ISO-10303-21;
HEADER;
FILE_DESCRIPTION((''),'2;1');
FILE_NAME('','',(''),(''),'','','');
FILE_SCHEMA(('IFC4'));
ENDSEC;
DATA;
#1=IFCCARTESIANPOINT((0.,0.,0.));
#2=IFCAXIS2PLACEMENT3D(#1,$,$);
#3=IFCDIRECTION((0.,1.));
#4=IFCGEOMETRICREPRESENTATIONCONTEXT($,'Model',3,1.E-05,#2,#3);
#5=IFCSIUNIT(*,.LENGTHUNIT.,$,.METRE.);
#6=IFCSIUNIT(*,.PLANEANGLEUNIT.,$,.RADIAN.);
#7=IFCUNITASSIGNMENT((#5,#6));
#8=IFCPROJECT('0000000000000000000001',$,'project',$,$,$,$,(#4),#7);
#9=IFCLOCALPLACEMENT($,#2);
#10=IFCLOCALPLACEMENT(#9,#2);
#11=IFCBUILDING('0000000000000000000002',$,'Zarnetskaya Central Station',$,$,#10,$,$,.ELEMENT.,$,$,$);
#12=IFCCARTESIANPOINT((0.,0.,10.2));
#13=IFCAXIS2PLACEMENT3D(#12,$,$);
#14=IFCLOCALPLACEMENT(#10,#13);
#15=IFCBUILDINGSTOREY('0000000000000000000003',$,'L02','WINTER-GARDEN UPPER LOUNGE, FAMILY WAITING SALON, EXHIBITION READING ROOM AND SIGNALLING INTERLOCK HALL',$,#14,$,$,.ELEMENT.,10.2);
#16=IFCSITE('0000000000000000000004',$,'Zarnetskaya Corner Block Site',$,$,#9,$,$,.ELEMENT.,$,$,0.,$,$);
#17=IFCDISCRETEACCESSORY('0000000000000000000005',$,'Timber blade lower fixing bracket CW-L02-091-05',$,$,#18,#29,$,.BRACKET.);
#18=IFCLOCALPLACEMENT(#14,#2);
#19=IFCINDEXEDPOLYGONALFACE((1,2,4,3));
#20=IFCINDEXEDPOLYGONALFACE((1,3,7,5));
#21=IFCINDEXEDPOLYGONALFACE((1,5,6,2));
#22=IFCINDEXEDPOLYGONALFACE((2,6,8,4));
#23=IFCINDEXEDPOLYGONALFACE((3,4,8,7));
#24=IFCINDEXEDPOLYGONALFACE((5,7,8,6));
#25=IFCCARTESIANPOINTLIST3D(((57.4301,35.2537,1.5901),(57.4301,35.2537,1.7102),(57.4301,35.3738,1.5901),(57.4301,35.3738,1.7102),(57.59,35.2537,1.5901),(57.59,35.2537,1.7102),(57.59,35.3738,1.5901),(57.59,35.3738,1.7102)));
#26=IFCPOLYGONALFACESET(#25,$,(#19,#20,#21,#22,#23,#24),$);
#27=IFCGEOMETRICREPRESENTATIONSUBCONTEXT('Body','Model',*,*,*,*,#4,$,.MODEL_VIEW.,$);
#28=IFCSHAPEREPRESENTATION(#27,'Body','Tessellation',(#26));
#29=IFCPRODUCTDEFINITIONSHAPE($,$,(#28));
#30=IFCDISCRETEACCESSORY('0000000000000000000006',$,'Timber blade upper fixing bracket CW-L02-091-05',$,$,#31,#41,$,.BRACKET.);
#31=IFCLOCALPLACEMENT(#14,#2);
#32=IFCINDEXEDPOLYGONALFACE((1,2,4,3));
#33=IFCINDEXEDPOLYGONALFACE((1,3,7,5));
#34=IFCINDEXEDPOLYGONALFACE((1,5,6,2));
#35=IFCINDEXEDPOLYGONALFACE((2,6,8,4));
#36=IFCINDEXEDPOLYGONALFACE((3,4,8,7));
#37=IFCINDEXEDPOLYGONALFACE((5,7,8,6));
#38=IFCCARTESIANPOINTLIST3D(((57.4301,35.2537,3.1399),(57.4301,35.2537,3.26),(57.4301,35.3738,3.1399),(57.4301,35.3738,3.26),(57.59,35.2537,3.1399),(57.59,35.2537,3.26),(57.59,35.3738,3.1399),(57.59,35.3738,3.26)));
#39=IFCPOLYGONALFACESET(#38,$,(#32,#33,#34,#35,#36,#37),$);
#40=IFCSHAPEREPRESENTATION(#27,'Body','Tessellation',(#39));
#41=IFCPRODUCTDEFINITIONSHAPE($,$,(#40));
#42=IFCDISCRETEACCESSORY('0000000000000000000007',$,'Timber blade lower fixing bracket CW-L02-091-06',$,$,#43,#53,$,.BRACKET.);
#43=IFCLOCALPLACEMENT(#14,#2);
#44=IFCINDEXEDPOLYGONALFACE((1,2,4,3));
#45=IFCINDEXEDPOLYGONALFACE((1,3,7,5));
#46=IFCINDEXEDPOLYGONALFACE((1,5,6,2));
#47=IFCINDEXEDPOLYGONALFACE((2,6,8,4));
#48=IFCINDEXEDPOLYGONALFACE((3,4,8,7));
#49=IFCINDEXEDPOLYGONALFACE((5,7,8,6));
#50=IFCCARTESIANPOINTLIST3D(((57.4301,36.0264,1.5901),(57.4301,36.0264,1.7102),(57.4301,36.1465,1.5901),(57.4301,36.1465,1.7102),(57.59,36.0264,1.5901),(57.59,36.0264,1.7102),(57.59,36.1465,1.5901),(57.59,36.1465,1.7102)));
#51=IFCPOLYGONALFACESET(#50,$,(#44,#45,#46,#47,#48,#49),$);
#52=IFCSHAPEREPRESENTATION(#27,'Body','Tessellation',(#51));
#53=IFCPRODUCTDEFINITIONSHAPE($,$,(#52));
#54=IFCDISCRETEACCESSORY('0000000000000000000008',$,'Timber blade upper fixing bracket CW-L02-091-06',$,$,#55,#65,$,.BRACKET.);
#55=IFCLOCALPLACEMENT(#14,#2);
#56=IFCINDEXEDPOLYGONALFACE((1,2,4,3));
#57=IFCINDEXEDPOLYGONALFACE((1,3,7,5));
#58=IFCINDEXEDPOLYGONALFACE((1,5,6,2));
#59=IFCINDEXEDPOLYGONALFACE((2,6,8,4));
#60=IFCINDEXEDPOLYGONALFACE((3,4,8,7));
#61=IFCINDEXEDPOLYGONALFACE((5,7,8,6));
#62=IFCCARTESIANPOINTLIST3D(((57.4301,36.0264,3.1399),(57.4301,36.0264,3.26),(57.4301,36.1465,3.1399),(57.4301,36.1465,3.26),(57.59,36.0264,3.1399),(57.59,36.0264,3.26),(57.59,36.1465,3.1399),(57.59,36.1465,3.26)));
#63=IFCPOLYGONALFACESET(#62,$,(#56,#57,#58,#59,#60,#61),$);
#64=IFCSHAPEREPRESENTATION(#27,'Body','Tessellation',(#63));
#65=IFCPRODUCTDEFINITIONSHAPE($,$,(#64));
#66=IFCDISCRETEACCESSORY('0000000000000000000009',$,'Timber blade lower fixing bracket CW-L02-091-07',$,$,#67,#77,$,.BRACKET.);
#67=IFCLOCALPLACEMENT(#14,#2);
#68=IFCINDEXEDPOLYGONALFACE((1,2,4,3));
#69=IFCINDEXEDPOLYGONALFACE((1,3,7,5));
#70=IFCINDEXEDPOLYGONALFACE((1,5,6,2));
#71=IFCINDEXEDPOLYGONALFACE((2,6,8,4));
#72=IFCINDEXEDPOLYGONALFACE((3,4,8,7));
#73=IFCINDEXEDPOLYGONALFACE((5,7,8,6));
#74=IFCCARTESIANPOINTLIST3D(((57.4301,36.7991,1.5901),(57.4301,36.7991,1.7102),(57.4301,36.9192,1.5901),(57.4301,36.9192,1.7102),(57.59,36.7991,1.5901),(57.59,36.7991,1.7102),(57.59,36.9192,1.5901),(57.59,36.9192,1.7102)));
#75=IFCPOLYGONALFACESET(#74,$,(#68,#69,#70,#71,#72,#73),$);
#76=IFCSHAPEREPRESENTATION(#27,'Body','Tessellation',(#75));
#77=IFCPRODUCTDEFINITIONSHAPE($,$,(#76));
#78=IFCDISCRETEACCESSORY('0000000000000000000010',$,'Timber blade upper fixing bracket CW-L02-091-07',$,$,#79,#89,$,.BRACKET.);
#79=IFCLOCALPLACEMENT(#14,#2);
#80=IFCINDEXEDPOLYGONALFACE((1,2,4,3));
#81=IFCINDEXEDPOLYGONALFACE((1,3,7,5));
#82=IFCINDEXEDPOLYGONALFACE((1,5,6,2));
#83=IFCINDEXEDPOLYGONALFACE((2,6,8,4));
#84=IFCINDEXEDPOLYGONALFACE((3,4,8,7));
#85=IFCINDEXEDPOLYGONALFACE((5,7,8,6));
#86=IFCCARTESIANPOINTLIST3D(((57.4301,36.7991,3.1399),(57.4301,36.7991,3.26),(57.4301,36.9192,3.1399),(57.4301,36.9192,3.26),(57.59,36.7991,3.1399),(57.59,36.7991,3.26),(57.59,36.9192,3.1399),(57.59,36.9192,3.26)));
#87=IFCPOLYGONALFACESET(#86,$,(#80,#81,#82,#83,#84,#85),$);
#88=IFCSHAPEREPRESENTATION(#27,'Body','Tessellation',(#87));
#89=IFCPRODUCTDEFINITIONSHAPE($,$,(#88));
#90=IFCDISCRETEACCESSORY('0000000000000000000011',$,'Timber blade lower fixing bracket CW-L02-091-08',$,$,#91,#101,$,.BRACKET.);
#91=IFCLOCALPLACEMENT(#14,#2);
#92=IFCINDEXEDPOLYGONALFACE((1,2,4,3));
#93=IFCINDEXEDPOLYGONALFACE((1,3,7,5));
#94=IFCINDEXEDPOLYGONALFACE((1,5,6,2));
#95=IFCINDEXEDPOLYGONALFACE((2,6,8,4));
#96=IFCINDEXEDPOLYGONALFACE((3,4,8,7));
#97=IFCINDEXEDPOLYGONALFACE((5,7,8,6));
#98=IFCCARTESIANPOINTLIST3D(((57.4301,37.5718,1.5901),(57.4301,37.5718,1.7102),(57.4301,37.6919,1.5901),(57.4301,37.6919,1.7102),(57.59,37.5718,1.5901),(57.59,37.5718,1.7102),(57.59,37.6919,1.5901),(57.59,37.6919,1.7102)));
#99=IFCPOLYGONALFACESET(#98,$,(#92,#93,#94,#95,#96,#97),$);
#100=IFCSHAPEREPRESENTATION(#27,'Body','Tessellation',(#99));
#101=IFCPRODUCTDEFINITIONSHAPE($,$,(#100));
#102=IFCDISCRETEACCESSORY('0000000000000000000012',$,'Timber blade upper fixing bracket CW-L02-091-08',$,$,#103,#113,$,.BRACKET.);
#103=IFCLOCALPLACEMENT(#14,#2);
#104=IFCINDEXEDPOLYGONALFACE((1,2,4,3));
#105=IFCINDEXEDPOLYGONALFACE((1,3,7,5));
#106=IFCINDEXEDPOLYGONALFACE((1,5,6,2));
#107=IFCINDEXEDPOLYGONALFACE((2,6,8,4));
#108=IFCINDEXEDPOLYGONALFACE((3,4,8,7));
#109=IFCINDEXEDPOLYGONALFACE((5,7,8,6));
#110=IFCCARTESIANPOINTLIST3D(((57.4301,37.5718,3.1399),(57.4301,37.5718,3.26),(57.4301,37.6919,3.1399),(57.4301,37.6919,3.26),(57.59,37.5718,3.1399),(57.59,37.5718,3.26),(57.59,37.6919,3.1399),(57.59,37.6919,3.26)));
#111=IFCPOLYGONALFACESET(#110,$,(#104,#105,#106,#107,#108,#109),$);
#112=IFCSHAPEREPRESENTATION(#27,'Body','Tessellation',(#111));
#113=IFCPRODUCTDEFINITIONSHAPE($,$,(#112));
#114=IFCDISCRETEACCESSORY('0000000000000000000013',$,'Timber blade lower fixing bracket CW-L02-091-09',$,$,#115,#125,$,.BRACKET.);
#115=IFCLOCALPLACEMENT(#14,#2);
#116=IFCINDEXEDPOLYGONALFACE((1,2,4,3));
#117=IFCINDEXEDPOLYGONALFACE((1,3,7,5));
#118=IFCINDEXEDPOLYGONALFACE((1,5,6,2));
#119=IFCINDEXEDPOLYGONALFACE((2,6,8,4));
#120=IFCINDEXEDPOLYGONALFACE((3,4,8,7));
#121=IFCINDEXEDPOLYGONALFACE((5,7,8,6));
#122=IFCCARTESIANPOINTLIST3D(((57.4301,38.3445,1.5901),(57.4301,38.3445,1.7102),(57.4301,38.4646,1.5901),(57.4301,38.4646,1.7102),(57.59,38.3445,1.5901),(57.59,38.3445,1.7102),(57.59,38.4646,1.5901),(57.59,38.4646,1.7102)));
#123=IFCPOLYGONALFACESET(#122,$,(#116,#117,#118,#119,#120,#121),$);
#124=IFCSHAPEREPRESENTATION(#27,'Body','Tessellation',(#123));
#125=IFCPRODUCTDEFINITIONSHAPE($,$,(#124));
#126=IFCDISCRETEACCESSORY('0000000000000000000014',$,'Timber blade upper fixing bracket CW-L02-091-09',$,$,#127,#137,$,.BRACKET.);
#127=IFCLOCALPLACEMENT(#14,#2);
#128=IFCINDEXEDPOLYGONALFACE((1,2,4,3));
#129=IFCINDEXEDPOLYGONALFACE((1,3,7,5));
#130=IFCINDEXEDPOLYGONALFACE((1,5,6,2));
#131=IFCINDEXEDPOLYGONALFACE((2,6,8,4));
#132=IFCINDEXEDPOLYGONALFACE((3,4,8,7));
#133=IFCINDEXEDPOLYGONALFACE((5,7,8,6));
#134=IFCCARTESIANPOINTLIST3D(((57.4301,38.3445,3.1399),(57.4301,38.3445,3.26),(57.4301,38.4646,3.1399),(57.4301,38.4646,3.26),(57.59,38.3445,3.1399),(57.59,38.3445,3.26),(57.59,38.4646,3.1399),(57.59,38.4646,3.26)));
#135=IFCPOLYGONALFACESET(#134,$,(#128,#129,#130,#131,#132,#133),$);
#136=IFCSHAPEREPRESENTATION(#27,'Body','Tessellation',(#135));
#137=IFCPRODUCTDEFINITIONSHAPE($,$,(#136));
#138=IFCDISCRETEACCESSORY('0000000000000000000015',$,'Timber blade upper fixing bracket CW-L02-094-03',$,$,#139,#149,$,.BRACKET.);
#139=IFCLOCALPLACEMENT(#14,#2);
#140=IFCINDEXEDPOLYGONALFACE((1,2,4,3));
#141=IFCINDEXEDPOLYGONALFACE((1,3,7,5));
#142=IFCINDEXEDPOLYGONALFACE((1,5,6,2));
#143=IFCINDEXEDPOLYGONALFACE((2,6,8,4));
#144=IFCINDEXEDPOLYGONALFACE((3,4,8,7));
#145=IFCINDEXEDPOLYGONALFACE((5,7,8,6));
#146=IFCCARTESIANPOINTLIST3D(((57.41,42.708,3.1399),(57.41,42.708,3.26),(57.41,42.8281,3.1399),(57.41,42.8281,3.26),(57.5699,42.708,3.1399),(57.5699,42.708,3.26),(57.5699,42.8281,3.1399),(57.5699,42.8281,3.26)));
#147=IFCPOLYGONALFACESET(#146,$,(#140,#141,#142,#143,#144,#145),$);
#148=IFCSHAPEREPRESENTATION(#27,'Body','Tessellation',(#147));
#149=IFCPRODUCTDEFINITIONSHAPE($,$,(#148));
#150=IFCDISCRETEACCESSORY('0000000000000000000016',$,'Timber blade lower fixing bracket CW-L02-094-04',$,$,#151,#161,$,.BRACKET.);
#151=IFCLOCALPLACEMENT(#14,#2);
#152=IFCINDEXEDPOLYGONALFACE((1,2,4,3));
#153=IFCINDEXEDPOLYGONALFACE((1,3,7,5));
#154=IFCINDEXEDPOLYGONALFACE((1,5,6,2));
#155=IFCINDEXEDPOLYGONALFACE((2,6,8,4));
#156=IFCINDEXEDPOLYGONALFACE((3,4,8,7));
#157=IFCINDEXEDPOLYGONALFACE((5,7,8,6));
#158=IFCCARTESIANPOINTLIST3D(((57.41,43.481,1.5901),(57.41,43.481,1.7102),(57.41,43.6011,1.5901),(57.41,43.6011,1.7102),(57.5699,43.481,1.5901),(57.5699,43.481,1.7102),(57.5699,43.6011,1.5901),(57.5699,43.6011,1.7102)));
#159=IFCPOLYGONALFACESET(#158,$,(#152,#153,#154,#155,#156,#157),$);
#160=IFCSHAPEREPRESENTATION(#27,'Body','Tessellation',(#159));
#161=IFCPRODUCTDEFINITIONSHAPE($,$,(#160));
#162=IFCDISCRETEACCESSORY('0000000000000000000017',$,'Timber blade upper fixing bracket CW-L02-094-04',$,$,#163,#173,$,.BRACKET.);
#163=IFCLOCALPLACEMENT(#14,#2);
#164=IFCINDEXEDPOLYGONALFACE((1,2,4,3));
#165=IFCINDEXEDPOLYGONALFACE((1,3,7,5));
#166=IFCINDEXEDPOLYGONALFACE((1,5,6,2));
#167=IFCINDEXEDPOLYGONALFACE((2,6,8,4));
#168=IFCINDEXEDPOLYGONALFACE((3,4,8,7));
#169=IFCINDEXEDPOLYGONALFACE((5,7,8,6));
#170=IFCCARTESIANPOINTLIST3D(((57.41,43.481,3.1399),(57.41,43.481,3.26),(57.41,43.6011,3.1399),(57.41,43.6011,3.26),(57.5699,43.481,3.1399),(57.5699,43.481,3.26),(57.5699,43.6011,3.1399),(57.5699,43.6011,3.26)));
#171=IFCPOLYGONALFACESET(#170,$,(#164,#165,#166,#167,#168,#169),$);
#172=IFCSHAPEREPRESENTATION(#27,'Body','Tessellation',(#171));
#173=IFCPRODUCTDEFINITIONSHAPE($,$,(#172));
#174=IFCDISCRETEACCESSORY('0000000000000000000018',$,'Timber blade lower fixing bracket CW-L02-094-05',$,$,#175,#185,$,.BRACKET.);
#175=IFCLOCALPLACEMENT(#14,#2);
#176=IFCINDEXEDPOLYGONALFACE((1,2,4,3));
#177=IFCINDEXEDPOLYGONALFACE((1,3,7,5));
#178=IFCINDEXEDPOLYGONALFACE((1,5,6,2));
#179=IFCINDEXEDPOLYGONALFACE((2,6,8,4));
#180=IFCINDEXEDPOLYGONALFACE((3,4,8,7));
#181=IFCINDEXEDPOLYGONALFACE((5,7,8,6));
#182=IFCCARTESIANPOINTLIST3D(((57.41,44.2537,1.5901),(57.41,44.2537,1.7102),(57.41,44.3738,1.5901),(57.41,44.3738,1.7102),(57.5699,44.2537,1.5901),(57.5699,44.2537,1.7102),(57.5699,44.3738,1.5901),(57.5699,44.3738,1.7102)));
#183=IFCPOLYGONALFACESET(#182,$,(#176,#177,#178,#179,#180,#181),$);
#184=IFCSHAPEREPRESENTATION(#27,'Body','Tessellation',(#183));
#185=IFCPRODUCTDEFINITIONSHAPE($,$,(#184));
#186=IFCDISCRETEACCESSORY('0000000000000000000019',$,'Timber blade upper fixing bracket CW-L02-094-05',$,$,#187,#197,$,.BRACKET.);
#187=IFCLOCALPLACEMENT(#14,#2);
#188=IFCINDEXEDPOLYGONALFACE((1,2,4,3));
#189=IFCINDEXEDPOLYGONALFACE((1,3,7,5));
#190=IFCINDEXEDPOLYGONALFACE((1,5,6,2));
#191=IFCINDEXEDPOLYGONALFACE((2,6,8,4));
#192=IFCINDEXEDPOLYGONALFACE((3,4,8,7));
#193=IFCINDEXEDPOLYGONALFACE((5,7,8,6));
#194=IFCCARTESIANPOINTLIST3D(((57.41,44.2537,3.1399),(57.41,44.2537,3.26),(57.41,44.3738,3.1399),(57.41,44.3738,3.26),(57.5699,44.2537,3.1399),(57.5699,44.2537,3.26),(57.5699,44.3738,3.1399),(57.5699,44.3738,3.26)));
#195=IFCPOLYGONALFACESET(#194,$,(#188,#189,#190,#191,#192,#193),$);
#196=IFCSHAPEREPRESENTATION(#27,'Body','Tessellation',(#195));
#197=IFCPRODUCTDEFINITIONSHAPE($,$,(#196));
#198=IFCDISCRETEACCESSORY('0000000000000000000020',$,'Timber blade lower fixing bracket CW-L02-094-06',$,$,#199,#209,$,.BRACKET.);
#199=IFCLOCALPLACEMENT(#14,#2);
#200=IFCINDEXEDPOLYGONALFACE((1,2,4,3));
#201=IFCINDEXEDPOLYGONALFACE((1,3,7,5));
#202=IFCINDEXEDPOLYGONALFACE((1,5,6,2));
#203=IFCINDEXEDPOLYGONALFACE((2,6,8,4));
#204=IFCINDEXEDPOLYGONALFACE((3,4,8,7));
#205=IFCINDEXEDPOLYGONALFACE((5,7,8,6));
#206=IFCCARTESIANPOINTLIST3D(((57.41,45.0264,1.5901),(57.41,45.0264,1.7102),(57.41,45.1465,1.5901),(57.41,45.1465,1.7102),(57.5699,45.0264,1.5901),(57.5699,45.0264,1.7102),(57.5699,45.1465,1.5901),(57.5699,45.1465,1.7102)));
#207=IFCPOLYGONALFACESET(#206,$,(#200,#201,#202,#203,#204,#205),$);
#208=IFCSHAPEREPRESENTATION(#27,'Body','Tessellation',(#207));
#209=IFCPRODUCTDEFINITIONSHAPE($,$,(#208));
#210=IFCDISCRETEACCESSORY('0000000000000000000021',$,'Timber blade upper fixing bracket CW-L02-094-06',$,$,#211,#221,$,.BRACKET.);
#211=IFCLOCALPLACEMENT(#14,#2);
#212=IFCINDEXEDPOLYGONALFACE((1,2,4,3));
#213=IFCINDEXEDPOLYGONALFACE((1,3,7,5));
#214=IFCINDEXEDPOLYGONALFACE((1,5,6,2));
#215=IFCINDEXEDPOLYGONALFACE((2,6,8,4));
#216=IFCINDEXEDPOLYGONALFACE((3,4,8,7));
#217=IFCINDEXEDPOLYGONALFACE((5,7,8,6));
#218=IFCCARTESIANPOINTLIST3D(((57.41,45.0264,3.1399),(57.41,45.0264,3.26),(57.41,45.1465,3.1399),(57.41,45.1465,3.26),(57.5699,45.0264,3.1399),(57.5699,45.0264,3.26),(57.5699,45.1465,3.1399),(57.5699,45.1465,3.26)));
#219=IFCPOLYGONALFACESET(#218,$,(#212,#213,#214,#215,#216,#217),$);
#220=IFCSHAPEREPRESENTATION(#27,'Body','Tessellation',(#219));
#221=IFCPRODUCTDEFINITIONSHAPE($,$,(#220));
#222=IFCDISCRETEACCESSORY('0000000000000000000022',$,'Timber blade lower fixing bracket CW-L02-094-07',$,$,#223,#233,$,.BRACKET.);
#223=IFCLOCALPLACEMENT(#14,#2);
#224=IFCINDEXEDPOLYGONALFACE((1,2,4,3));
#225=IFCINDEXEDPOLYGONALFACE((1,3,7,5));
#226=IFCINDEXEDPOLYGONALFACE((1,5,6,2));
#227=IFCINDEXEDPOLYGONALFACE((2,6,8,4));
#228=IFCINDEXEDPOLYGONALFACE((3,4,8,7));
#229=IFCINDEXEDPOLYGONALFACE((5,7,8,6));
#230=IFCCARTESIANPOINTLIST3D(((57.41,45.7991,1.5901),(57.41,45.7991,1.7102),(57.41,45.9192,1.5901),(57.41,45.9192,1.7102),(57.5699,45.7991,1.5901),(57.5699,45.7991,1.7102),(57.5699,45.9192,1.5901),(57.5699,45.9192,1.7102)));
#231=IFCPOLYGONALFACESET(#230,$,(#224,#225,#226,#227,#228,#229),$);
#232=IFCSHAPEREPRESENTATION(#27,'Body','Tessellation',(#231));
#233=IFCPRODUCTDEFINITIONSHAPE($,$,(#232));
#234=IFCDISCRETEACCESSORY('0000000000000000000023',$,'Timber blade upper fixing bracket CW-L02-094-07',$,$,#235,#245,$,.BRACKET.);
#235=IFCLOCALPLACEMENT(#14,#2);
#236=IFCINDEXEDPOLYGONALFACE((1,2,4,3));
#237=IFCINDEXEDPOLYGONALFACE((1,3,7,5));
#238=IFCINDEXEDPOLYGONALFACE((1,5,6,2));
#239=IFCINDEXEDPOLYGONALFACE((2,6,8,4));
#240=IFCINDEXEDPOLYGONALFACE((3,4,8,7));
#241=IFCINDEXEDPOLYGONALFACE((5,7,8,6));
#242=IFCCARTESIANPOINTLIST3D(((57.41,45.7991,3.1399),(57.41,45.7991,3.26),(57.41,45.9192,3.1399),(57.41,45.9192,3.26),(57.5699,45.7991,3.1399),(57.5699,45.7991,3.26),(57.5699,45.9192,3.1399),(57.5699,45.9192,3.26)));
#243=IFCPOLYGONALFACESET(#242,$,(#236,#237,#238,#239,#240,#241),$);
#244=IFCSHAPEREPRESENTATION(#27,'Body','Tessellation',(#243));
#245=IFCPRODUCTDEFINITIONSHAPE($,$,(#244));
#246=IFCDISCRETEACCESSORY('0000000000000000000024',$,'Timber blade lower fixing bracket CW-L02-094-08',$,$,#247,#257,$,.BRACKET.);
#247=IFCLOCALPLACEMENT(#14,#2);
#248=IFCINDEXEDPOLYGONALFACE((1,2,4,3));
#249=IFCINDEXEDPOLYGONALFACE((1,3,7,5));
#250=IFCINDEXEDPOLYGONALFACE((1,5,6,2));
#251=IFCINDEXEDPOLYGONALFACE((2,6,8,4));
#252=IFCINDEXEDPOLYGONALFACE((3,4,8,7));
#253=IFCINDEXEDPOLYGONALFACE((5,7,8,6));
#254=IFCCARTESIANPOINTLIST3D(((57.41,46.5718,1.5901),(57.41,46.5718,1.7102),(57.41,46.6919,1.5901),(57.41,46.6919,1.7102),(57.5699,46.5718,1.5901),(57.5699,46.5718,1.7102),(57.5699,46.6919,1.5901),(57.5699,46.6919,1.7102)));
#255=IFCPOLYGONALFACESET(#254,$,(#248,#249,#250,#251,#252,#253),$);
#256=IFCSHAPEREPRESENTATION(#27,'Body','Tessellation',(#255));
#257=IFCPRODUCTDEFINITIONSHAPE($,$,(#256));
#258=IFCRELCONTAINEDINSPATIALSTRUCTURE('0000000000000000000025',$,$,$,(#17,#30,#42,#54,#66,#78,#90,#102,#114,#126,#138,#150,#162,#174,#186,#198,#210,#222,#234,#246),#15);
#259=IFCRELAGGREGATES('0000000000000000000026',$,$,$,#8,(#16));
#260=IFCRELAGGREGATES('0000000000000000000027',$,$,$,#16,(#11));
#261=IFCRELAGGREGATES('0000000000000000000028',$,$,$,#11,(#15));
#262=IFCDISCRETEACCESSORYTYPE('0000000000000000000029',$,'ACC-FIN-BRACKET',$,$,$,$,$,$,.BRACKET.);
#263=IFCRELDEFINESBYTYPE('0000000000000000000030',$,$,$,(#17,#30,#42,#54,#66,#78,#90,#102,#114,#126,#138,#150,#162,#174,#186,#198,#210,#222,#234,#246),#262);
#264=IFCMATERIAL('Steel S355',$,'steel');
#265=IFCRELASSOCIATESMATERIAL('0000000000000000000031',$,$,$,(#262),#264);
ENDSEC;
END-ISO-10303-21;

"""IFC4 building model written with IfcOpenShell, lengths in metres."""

from ifc_helpers import new_model, si_unit, direction, frame, origin, origin_2d, place, context, subcontext, project, spatial, rectangle, extrude, material, type_object, element, save


model = new_model("IFC4")

# Units and contexts
model_context = context("Model", 3, precision=1e-05, world=origin(), true_north=direction((0.0, 1.0)))
body_context = subcontext(model_context, "Body", "Model", "MODEL_VIEW")
ifc_project = project(units=[si_unit("LENGTHUNIT", "METRE"), si_unit("PLANEANGLEUNIT", "RADIAN")], contexts=[model_context])

# Site, building, storey
site_placement = place(None, origin())
site = spatial("IfcSite", under=ifc_project, at=site_placement, Name="Zarnetskaya Corner Block Site", CompositionType="ELEMENT", RefElevation=0.0)
building_placement = place(site_placement, origin())
building = spatial("IfcBuilding", under=site, at=building_placement, Name="Zarnetskaya Central Station", CompositionType="ELEMENT")
storey_placement = place(building_placement, frame((0.0, 0.0, 10.2)))
storey = spatial("IfcBuildingStorey", under=building, at=storey_placement, Name="L02", Description="WINTER-GARDEN UPPER LOUNGE, FAMILY WAITING SALON, EXHIBITION READING ROOM AND SIGNALLING INTERLOCK HALL", CompositionType="ELEMENT", Elevation=10.2)

# Discrete accessories
ifc_material = material(Name="Steel S355", Category="steel")
discrete_accessory_type = type_object("IfcDiscreteAccessoryType", Name="ACC-FIN-BRACKET", PredefinedType="BRACKET", material=ifc_material)
for number, where, z_axis, x_axis, name in (
    (1, (57.51, 35.3137, 1.5901), (0.0, 0.0, 1.0), (0.0, 1.0, 0.0), "Timber blade lower fixing bracket CW-L02-091-05"),
    (2, (57.51, 35.3137, 3.1399), (0.0, 0.0, 1.0), (0.0, 1.0, 0.0), "Timber blade upper fixing bracket CW-L02-091-05"),
    (3, (57.51, 36.0864, 1.5901), (0.0, 0.0, 1.0), (0.0, 1.0, 0.0), "Timber blade lower fixing bracket CW-L02-091-06"),
    (4, (57.51, 36.0864, 3.1399), (0.0, 0.0, 1.0), (0.0, 1.0, 0.0), "Timber blade upper fixing bracket CW-L02-091-06"),
    (5, (57.51, 36.8591, 1.5901), (0.0, 0.0, 1.0), (0.0, 1.0, 0.0), "Timber blade lower fixing bracket CW-L02-091-07"),
    (6, (57.51, 36.8591, 3.1399), (0.0, 0.0, 1.0), (0.0, 1.0, 0.0), "Timber blade upper fixing bracket CW-L02-091-07"),
    (7, (57.51, 37.6318, 1.5901), (0.0, 0.0, 1.0), (0.0, 1.0, 0.0), "Timber blade lower fixing bracket CW-L02-091-08"),
    (8, (57.51, 37.6318, 3.1399), (0.0, 0.0, 1.0), (0.0, 1.0, 0.0), "Timber blade upper fixing bracket CW-L02-091-08"),
    (9, (57.51, 38.4045, 1.5901), (0.0, 0.0, 1.0), (0.0, 1.0, 0.0), "Timber blade lower fixing bracket CW-L02-091-09"),
    (10, (57.51, 38.4045, 3.1399), (0.0, 0.0, 1.0), (0.0, 1.0, 0.0), "Timber blade upper fixing bracket CW-L02-091-09"),
    (11, (57.49, 42.7681, 3.1399), (0.0, 0.0, 1.0), (0.0, 1.0, 0.0), "Timber blade upper fixing bracket CW-L02-094-03"),
    (12, (57.49, 43.541, 1.5901), (0.0, 0.0, 1.0), (0.0, 1.0, 0.0), "Timber blade lower fixing bracket CW-L02-094-04"),
    (13, (57.49, 43.541, 3.1399), (0.0, 0.0, 1.0), (0.0, 1.0, 0.0), "Timber blade upper fixing bracket CW-L02-094-04"),
    (14, (57.49, 44.3137, 1.5901), (0.0, 0.0, 1.0), (0.0, 1.0, 0.0), "Timber blade lower fixing bracket CW-L02-094-05"),
    (15, (57.49, 44.3137, 3.1399), (0.0, 0.0, 1.0), (0.0, 1.0, 0.0), "Timber blade upper fixing bracket CW-L02-094-05"),
    (16, (57.49, 45.0864, 1.5901), (0.0, 0.0, 1.0), (0.0, 1.0, 0.0), "Timber blade lower fixing bracket CW-L02-094-06"),
    (17, (57.49, 45.0864, 3.1399), (0.0, 0.0, 1.0), (0.0, 1.0, 0.0), "Timber blade upper fixing bracket CW-L02-094-06"),
    (18, (57.49, 45.8591, 1.5901), (0.0, 0.0, 1.0), (0.0, 1.0, 0.0), "Timber blade lower fixing bracket CW-L02-094-07"),
    (19, (57.49, 45.8591, 3.1399), (0.0, 0.0, 1.0), (0.0, 1.0, 0.0), "Timber blade upper fixing bracket CW-L02-094-07"),
    (20, (57.49, 46.6318, 1.5901), (0.0, 0.0, 1.0), (0.0, 1.0, 0.0), "Timber blade lower fixing bracket CW-L02-094-08"),
):
    element("IfcDiscreteAccessory", number, at=place(storey_placement, frame(where, z_axis=z_axis, x_axis=x_axis)), inside=storey, type_object=discrete_accessory_type, Name=name, PredefinedType="BRACKET", context=body_context, shape_type="SweptSolid", body=[
        extrude(rectangle(XDim=0.1201, YDim=0.1599, at=origin_2d()), origin(), (0.0, 0.0, 1.0), 0.1201),
    ])

save(model, "model.ifc")
